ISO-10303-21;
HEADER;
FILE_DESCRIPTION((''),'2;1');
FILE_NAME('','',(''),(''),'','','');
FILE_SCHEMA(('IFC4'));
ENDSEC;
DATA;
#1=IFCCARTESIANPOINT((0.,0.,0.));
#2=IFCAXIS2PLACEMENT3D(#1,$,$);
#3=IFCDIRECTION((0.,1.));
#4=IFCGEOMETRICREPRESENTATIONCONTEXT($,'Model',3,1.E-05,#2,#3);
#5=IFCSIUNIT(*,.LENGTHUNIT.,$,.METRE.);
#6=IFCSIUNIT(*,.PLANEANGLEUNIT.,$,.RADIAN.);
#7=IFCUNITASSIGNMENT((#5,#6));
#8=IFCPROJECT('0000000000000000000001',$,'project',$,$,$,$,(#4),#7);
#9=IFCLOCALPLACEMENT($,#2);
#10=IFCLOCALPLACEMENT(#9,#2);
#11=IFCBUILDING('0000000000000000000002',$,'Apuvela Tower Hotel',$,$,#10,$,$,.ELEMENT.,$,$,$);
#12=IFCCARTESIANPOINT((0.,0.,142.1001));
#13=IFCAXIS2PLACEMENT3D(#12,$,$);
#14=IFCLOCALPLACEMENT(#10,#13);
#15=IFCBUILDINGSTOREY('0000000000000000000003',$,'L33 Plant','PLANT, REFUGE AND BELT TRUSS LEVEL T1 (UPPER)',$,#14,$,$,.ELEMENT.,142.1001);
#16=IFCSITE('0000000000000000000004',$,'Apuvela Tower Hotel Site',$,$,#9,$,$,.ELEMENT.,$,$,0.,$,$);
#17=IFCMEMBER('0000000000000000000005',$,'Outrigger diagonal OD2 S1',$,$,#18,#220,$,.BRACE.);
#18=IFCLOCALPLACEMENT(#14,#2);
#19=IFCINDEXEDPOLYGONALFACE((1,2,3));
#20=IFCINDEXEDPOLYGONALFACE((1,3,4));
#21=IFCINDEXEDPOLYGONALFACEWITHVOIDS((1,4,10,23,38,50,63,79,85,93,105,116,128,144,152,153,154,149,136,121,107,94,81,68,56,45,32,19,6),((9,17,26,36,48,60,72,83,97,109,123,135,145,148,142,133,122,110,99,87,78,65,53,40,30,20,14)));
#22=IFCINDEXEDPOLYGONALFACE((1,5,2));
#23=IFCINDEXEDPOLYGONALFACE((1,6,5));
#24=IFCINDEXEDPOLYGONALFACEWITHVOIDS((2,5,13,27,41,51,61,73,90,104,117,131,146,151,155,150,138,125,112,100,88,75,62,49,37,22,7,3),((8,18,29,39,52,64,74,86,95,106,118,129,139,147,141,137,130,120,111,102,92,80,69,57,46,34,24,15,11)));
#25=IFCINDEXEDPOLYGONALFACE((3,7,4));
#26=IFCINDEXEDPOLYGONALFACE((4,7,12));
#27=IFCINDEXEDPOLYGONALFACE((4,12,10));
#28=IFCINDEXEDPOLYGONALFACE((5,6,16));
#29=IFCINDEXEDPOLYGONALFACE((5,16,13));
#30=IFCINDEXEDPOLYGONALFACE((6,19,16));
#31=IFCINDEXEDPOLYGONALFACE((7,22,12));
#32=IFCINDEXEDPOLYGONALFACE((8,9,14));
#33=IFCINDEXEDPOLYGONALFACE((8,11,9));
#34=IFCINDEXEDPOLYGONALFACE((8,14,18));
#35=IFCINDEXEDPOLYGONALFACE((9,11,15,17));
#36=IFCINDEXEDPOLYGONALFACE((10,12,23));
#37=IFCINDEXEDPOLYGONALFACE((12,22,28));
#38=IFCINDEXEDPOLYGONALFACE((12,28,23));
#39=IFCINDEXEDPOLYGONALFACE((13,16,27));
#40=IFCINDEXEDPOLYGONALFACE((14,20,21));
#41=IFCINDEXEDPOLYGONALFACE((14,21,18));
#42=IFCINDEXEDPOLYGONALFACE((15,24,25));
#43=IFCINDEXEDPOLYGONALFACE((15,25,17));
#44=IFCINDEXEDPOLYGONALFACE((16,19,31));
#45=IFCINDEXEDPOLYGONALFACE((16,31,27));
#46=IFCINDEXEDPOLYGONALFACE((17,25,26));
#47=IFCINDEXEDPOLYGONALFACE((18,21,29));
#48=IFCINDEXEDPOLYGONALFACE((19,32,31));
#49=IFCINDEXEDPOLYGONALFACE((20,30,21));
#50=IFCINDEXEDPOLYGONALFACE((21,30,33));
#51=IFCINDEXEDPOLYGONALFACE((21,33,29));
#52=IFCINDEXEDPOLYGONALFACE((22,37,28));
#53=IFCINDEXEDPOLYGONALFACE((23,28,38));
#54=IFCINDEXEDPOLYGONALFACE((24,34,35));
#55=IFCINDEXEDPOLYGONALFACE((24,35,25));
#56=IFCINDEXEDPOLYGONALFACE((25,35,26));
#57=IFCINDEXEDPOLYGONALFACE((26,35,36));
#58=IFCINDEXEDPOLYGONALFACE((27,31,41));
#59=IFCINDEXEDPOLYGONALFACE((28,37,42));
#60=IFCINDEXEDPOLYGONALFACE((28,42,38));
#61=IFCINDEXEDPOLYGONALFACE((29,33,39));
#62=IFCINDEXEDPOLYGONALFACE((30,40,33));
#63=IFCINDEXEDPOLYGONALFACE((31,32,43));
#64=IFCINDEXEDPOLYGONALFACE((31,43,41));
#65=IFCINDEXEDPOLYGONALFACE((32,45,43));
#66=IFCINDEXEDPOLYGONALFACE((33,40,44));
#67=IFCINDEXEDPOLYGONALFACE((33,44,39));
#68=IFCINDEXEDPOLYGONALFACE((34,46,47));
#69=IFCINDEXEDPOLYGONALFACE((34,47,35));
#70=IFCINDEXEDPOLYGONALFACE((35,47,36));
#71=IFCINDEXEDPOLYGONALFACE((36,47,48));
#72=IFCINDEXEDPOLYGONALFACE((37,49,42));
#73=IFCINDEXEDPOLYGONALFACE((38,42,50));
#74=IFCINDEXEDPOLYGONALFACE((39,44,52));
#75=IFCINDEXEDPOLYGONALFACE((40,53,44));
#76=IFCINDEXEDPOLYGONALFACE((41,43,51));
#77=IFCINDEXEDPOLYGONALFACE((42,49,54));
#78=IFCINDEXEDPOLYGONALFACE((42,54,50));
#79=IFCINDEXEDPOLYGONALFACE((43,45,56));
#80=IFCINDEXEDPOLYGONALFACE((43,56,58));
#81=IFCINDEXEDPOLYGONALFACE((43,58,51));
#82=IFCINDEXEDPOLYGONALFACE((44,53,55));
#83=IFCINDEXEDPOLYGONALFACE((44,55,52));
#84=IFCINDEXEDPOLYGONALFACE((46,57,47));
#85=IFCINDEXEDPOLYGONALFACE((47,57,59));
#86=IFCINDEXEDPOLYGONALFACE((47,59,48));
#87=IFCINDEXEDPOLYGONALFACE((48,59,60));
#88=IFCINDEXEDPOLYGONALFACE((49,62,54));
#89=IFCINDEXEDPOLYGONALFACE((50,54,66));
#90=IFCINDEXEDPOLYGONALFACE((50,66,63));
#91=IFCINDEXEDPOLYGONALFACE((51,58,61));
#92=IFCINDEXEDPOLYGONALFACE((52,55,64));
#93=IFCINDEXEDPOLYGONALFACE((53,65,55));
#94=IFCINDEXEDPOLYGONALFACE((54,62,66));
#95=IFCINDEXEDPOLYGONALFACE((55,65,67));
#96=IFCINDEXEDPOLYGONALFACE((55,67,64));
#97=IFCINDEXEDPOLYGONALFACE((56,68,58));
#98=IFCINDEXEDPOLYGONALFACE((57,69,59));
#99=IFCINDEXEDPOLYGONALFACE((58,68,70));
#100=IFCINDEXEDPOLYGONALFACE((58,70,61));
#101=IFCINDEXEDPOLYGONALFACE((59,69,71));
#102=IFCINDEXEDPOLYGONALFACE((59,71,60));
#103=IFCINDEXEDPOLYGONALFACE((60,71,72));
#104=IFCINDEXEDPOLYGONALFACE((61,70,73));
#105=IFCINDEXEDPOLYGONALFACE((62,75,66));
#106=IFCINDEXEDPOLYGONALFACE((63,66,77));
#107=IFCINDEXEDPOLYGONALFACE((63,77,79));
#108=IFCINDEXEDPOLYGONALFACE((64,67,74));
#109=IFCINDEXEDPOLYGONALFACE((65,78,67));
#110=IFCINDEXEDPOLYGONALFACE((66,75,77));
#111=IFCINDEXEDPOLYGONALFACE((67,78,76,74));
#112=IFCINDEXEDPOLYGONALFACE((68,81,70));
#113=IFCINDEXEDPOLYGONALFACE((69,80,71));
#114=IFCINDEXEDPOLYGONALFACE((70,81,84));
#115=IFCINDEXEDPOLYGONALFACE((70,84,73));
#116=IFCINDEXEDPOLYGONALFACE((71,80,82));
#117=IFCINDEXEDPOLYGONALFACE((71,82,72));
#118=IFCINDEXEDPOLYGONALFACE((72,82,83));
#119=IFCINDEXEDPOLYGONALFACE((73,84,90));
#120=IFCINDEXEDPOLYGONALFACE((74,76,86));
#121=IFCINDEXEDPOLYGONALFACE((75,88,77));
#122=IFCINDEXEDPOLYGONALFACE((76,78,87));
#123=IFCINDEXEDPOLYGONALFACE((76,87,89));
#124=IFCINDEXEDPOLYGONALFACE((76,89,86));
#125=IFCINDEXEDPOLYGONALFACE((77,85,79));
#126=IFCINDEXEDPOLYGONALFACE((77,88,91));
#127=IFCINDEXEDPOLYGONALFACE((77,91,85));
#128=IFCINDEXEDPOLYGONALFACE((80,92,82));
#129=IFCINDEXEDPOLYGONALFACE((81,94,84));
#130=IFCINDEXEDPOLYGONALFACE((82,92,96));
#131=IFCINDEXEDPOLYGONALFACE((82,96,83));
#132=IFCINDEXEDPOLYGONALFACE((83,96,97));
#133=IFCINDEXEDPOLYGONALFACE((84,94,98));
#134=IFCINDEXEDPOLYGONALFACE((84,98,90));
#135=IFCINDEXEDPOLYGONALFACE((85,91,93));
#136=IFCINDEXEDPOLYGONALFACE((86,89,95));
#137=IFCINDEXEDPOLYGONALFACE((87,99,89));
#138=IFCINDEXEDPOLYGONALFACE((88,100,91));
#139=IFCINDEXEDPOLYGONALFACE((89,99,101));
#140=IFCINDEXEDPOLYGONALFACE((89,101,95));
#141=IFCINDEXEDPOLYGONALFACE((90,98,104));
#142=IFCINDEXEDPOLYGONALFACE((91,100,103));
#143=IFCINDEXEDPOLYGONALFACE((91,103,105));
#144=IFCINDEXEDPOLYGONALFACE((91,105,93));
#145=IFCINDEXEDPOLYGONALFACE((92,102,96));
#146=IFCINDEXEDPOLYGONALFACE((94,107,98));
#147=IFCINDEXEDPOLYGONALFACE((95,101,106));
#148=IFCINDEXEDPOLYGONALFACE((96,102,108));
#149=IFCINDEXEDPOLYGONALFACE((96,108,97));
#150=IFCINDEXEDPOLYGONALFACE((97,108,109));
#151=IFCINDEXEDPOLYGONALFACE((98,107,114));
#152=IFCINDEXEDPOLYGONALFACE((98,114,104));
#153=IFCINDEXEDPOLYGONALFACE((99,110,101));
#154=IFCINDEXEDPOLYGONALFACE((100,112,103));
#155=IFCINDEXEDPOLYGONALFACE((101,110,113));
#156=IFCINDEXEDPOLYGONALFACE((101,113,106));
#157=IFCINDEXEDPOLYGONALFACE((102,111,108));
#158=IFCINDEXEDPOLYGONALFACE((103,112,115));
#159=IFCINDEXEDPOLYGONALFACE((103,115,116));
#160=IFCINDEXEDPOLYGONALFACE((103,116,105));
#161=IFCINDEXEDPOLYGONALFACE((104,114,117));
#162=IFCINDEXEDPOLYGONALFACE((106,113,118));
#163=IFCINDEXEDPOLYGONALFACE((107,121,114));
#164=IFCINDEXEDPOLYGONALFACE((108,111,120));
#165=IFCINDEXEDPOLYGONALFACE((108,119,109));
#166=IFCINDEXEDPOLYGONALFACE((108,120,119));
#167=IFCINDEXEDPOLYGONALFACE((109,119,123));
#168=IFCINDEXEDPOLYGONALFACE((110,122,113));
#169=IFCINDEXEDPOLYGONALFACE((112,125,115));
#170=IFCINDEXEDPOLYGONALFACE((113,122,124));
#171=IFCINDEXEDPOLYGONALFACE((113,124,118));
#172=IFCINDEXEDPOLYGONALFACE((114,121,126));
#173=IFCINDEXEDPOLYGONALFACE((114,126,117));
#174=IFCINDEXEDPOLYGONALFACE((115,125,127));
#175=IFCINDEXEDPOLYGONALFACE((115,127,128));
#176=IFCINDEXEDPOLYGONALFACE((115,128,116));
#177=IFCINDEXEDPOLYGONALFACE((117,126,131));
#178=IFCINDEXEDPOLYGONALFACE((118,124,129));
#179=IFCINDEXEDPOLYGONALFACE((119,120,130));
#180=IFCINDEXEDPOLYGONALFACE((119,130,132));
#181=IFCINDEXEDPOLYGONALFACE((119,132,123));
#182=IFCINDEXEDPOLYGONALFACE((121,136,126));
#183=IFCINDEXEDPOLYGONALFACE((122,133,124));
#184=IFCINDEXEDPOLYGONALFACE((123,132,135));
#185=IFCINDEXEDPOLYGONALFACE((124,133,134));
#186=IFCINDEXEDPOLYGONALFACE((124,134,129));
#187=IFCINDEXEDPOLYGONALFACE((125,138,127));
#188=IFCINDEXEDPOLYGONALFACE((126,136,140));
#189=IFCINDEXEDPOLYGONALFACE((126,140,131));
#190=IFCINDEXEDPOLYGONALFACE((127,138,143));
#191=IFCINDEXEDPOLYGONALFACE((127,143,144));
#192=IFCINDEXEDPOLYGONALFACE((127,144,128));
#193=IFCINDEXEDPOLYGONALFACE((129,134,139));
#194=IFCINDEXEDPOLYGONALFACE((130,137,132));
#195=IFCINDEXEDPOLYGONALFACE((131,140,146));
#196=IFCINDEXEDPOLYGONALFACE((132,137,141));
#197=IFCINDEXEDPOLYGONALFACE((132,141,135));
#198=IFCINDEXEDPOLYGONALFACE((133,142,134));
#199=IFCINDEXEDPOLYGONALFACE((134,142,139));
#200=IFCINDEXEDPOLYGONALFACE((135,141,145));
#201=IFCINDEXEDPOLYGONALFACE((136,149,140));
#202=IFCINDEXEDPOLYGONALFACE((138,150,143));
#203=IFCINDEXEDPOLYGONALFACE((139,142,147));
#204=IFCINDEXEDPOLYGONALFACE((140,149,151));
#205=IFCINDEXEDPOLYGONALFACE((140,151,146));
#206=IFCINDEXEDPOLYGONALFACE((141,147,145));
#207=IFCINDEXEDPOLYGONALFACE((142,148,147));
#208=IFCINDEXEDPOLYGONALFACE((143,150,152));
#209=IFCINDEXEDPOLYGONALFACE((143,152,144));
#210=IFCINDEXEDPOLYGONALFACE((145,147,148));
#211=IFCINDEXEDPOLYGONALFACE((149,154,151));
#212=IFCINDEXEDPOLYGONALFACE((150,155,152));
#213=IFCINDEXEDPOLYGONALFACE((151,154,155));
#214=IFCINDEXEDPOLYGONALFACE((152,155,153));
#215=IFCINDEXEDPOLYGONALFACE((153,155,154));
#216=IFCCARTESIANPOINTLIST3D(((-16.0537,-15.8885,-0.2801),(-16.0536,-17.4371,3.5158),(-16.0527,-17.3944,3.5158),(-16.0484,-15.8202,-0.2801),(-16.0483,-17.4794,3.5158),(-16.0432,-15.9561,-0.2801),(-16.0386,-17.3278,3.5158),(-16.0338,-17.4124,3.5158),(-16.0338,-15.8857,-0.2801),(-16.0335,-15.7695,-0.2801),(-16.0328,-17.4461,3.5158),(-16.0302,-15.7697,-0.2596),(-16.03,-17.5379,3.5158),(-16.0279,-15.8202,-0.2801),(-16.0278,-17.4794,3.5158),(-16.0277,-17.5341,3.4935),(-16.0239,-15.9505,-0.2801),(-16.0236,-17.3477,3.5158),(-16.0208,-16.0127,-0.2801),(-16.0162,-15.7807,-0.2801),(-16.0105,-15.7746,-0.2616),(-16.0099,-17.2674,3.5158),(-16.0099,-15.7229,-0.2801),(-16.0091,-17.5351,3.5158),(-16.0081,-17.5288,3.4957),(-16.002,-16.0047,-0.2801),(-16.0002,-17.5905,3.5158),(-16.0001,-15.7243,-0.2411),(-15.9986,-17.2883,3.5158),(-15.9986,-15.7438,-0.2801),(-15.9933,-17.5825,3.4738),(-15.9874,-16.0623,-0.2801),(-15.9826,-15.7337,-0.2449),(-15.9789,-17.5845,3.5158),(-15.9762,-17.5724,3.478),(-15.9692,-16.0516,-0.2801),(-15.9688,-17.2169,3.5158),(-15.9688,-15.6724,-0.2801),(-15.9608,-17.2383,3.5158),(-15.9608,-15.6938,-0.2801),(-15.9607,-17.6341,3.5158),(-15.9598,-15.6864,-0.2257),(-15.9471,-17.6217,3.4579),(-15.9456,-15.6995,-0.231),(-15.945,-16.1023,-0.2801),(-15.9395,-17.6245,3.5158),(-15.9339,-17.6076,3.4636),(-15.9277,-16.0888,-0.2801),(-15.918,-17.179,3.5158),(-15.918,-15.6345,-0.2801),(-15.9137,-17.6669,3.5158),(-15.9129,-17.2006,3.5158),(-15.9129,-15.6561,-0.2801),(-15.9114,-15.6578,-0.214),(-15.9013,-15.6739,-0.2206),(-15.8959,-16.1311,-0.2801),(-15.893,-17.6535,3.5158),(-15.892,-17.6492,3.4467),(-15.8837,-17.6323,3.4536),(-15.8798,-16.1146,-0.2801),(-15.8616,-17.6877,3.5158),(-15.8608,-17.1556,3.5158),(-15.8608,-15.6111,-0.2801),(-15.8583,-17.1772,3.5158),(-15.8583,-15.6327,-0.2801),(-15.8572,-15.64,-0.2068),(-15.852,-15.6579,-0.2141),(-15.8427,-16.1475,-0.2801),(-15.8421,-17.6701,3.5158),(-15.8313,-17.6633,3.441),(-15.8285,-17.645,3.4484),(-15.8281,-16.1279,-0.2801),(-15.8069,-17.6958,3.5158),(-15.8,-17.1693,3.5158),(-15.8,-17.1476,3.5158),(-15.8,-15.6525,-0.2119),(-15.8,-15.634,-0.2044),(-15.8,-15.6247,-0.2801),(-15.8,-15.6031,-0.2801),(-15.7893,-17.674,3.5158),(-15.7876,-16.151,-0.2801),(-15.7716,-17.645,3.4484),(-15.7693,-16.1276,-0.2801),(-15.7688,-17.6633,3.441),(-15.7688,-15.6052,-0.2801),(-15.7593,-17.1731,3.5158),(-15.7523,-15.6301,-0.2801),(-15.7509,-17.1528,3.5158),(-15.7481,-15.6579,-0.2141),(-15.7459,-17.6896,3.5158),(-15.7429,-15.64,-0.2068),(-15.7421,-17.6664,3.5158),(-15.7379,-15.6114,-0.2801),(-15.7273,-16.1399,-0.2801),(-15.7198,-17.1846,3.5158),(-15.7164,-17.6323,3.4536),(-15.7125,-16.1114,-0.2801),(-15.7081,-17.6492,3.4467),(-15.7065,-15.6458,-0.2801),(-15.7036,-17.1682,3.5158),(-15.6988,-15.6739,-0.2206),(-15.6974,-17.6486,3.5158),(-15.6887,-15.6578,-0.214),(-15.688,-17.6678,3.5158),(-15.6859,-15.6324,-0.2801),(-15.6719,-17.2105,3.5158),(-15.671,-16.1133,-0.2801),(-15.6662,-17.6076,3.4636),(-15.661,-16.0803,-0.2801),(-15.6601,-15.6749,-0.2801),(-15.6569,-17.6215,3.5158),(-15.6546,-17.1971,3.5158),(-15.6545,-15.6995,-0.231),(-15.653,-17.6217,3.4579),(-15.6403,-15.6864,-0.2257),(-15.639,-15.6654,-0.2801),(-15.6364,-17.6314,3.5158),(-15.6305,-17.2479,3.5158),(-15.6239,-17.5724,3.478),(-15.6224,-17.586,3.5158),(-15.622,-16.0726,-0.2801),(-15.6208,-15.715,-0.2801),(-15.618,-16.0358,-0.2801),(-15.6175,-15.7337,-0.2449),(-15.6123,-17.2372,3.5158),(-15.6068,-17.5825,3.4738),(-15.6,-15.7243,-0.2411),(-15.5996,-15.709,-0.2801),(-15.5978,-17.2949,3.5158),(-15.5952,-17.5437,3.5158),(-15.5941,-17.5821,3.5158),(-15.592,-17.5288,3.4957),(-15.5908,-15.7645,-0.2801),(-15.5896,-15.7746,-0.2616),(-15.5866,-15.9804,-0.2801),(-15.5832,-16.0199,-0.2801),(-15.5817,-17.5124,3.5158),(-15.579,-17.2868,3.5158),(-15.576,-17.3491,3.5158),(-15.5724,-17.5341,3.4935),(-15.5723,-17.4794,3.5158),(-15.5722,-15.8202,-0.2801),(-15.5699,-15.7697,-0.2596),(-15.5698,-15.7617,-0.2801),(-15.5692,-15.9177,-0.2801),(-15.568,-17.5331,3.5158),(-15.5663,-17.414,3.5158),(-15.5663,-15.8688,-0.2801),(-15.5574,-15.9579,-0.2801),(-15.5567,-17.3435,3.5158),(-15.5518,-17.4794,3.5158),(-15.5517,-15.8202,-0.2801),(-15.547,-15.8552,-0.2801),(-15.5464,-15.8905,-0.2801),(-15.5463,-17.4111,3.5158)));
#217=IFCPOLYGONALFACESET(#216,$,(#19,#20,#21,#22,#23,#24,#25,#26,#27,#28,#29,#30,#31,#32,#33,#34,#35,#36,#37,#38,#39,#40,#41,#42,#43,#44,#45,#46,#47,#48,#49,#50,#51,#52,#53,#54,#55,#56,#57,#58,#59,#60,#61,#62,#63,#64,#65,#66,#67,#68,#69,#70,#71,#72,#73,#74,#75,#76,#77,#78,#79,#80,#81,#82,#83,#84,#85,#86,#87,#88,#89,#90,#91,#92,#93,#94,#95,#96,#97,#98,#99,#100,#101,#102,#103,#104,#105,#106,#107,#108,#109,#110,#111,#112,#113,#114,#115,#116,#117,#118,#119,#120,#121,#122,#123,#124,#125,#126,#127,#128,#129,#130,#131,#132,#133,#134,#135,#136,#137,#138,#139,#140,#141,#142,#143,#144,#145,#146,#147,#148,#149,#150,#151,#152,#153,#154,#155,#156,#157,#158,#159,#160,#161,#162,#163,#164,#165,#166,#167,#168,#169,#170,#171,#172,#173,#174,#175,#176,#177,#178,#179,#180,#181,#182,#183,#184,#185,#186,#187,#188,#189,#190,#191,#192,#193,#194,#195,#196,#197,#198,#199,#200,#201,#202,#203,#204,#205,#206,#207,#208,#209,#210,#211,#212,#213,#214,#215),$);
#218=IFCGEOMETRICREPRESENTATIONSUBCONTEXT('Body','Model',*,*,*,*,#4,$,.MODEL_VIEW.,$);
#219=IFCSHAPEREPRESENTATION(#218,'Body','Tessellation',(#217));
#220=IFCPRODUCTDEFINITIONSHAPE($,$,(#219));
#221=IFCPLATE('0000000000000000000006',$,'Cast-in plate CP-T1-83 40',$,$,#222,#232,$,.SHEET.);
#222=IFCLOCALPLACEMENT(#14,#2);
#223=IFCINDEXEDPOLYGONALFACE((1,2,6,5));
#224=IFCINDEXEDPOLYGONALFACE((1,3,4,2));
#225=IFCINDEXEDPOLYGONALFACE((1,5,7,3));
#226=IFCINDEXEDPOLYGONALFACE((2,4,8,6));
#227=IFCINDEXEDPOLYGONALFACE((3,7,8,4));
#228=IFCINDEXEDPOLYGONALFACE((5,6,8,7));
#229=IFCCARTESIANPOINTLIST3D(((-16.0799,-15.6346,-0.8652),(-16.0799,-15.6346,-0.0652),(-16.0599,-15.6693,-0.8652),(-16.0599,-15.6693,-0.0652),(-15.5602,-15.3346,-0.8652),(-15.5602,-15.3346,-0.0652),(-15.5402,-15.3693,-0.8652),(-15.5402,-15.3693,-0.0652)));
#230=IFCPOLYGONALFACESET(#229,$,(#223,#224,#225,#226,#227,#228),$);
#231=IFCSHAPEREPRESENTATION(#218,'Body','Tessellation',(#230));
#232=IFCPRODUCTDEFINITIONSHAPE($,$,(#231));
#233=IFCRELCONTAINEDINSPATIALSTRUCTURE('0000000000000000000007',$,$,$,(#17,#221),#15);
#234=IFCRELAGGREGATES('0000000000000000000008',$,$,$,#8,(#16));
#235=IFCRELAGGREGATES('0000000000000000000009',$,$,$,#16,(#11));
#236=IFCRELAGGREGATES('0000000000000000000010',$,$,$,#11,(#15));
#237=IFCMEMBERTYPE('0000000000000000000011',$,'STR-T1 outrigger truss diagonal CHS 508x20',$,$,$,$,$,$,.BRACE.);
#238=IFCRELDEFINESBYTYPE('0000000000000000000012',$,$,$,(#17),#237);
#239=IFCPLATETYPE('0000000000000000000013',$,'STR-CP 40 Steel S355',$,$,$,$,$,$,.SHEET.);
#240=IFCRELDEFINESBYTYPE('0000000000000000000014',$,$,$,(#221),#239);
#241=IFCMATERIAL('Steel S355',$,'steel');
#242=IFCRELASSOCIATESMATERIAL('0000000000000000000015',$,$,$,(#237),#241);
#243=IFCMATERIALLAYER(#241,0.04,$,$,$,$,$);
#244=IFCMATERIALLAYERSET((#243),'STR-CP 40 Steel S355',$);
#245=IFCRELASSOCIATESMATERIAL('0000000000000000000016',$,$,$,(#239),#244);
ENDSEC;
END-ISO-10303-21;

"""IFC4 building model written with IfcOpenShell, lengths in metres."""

from ifc_helpers import new_model, si_unit, direction, frame, origin, origin_2d, place, context, subcontext, project, spatial, rectangle, hollow_circle, extrude, boolean, halfspace, material, layer, layer_set, material_profile, profile_set, type_object, element, save


model = new_model("IFC4")

# Units and contexts
model_context = context("Model", 3, precision=1e-05, world=origin(), true_north=direction((0.0, 1.0)))
body_context = subcontext(model_context, "Body", "Model", "MODEL_VIEW")
ifc_project = project(units=[si_unit("LENGTHUNIT", "METRE"), si_unit("PLANEANGLEUNIT", "RADIAN")], contexts=[model_context])

# Site, building, storey
site_placement = place(None, origin())
site = spatial("IfcSite", under=ifc_project, at=site_placement, Name="Apuvela Tower Hotel Site", CompositionType="ELEMENT", RefElevation=0.0)
building_placement = place(site_placement, origin())
building = spatial("IfcBuilding", under=site, at=building_placement, Name="Apuvela Tower Hotel", CompositionType="ELEMENT")
storey_placement = place(building_placement, frame((0.0, 0.0, 142.1001)))
storey = spatial("IfcBuildingStorey", under=building, at=storey_placement, Name="L33 Plant", Description="PLANT, REFUGE AND BELT TRUSS LEVEL T1 (UPPER)", CompositionType="ELEMENT", Elevation=142.1001)

# Shared definitions
ifc_material_1 = material(Name="Steel S355", Category="steel")

# Member
ifc_material_profile_1 = material_profile(ifc_material_1, hollow_circle(Radius=0.2539, WallThickness=0.02, at=origin_2d()), Name="CHS 508x20")
ifc_profile_set_1 = profile_set([ifc_material_profile_1], Name="Steel S355")
member_type = type_object("IfcMemberType", Name="STR-T1 outrigger truss diagonal CHS 508x20", PredefinedType="BRACE", material=ifc_profile_set_1)
member_placement = place(storey_placement, frame((-15.8, -15.8691, -0.3), z_axis=(0.0, -0.376883, 0.926261), x_axis=(0.0, 0.926261, 0.376883)))
solid = boolean("DIFFERENCE", boolean("DIFFERENCE", extrude(hollow_circle(Radius=0.2539, WallThickness=0.02, at=origin_2d()), frame((0.0, 0.0, -0.2234)), (0.0, 0.0, 1.0), 4.5879), halfspace(frame((0.0, 0.0, 0.0215), z_axis=(0.376883, 0.0, 0.926261), x_axis=(0.926261, 0.0, -0.376883)), True)), halfspace(frame((0.0, 0.0, 4.1196), z_axis=(0.376883, 0.0, 0.926261), x_axis=(0.926261, 0.0, -0.376883)), False))
element("IfcMember", 1, at=member_placement, inside=storey, type_object=member_type, Name="Outrigger diagonal OD2 S1", PredefinedType="BRACE", context=body_context, shape_type="SweptSolid", body=[
    boolean("UNION", boolean("DIFFERENCE", boolean("DIFFERENCE", extrude(hollow_circle(Radius=0.2539, WallThickness=0.02, at=origin_2d()), origin(), (0.0, 0.0, 1.0), 4.1414), halfspace(frame((0.0, 0.0, 0.0215), z_axis=(0.376883, 0.0, 0.926261), x_axis=(0.926261, 0.0, -0.376883)), True)), halfspace(frame((0.0, 0.0, 4.1196), z_axis=(0.376883, 0.0, 0.926261), x_axis=(0.926261, 0.0, -0.376883)), False)), solid),
])

# Plate
ifc_layer_1 = layer(ifc_material_1, 0.04)
ifc_layer_set_1 = layer_set([ifc_layer_1], Name="STR-CP 40 Steel S355")
plate_type = type_object("IfcPlateType", Name="STR-CP 40 Steel S355", PredefinedType="SHEET", material=ifc_layer_set_1)
plate_placement = place(storey_placement, frame((-15.8101, -15.502, -0.8652), z_axis=(0.0, 0.0, 1.0), x_axis=(-0.5, 0.866025, 0.0)))
element("IfcPlate", 2, at=plate_placement, inside=storey, type_object=plate_type, Name="Cast-in plate CP-T1-83 40", PredefinedType="SHEET", context=body_context, shape_type="SweptSolid", body=[
    extrude(rectangle(XDim=0.04, YDim=0.6001, at=origin_2d()), origin(), (0.0, 0.0, 1.0), 0.8),
])

save(model, "model.ifc")
